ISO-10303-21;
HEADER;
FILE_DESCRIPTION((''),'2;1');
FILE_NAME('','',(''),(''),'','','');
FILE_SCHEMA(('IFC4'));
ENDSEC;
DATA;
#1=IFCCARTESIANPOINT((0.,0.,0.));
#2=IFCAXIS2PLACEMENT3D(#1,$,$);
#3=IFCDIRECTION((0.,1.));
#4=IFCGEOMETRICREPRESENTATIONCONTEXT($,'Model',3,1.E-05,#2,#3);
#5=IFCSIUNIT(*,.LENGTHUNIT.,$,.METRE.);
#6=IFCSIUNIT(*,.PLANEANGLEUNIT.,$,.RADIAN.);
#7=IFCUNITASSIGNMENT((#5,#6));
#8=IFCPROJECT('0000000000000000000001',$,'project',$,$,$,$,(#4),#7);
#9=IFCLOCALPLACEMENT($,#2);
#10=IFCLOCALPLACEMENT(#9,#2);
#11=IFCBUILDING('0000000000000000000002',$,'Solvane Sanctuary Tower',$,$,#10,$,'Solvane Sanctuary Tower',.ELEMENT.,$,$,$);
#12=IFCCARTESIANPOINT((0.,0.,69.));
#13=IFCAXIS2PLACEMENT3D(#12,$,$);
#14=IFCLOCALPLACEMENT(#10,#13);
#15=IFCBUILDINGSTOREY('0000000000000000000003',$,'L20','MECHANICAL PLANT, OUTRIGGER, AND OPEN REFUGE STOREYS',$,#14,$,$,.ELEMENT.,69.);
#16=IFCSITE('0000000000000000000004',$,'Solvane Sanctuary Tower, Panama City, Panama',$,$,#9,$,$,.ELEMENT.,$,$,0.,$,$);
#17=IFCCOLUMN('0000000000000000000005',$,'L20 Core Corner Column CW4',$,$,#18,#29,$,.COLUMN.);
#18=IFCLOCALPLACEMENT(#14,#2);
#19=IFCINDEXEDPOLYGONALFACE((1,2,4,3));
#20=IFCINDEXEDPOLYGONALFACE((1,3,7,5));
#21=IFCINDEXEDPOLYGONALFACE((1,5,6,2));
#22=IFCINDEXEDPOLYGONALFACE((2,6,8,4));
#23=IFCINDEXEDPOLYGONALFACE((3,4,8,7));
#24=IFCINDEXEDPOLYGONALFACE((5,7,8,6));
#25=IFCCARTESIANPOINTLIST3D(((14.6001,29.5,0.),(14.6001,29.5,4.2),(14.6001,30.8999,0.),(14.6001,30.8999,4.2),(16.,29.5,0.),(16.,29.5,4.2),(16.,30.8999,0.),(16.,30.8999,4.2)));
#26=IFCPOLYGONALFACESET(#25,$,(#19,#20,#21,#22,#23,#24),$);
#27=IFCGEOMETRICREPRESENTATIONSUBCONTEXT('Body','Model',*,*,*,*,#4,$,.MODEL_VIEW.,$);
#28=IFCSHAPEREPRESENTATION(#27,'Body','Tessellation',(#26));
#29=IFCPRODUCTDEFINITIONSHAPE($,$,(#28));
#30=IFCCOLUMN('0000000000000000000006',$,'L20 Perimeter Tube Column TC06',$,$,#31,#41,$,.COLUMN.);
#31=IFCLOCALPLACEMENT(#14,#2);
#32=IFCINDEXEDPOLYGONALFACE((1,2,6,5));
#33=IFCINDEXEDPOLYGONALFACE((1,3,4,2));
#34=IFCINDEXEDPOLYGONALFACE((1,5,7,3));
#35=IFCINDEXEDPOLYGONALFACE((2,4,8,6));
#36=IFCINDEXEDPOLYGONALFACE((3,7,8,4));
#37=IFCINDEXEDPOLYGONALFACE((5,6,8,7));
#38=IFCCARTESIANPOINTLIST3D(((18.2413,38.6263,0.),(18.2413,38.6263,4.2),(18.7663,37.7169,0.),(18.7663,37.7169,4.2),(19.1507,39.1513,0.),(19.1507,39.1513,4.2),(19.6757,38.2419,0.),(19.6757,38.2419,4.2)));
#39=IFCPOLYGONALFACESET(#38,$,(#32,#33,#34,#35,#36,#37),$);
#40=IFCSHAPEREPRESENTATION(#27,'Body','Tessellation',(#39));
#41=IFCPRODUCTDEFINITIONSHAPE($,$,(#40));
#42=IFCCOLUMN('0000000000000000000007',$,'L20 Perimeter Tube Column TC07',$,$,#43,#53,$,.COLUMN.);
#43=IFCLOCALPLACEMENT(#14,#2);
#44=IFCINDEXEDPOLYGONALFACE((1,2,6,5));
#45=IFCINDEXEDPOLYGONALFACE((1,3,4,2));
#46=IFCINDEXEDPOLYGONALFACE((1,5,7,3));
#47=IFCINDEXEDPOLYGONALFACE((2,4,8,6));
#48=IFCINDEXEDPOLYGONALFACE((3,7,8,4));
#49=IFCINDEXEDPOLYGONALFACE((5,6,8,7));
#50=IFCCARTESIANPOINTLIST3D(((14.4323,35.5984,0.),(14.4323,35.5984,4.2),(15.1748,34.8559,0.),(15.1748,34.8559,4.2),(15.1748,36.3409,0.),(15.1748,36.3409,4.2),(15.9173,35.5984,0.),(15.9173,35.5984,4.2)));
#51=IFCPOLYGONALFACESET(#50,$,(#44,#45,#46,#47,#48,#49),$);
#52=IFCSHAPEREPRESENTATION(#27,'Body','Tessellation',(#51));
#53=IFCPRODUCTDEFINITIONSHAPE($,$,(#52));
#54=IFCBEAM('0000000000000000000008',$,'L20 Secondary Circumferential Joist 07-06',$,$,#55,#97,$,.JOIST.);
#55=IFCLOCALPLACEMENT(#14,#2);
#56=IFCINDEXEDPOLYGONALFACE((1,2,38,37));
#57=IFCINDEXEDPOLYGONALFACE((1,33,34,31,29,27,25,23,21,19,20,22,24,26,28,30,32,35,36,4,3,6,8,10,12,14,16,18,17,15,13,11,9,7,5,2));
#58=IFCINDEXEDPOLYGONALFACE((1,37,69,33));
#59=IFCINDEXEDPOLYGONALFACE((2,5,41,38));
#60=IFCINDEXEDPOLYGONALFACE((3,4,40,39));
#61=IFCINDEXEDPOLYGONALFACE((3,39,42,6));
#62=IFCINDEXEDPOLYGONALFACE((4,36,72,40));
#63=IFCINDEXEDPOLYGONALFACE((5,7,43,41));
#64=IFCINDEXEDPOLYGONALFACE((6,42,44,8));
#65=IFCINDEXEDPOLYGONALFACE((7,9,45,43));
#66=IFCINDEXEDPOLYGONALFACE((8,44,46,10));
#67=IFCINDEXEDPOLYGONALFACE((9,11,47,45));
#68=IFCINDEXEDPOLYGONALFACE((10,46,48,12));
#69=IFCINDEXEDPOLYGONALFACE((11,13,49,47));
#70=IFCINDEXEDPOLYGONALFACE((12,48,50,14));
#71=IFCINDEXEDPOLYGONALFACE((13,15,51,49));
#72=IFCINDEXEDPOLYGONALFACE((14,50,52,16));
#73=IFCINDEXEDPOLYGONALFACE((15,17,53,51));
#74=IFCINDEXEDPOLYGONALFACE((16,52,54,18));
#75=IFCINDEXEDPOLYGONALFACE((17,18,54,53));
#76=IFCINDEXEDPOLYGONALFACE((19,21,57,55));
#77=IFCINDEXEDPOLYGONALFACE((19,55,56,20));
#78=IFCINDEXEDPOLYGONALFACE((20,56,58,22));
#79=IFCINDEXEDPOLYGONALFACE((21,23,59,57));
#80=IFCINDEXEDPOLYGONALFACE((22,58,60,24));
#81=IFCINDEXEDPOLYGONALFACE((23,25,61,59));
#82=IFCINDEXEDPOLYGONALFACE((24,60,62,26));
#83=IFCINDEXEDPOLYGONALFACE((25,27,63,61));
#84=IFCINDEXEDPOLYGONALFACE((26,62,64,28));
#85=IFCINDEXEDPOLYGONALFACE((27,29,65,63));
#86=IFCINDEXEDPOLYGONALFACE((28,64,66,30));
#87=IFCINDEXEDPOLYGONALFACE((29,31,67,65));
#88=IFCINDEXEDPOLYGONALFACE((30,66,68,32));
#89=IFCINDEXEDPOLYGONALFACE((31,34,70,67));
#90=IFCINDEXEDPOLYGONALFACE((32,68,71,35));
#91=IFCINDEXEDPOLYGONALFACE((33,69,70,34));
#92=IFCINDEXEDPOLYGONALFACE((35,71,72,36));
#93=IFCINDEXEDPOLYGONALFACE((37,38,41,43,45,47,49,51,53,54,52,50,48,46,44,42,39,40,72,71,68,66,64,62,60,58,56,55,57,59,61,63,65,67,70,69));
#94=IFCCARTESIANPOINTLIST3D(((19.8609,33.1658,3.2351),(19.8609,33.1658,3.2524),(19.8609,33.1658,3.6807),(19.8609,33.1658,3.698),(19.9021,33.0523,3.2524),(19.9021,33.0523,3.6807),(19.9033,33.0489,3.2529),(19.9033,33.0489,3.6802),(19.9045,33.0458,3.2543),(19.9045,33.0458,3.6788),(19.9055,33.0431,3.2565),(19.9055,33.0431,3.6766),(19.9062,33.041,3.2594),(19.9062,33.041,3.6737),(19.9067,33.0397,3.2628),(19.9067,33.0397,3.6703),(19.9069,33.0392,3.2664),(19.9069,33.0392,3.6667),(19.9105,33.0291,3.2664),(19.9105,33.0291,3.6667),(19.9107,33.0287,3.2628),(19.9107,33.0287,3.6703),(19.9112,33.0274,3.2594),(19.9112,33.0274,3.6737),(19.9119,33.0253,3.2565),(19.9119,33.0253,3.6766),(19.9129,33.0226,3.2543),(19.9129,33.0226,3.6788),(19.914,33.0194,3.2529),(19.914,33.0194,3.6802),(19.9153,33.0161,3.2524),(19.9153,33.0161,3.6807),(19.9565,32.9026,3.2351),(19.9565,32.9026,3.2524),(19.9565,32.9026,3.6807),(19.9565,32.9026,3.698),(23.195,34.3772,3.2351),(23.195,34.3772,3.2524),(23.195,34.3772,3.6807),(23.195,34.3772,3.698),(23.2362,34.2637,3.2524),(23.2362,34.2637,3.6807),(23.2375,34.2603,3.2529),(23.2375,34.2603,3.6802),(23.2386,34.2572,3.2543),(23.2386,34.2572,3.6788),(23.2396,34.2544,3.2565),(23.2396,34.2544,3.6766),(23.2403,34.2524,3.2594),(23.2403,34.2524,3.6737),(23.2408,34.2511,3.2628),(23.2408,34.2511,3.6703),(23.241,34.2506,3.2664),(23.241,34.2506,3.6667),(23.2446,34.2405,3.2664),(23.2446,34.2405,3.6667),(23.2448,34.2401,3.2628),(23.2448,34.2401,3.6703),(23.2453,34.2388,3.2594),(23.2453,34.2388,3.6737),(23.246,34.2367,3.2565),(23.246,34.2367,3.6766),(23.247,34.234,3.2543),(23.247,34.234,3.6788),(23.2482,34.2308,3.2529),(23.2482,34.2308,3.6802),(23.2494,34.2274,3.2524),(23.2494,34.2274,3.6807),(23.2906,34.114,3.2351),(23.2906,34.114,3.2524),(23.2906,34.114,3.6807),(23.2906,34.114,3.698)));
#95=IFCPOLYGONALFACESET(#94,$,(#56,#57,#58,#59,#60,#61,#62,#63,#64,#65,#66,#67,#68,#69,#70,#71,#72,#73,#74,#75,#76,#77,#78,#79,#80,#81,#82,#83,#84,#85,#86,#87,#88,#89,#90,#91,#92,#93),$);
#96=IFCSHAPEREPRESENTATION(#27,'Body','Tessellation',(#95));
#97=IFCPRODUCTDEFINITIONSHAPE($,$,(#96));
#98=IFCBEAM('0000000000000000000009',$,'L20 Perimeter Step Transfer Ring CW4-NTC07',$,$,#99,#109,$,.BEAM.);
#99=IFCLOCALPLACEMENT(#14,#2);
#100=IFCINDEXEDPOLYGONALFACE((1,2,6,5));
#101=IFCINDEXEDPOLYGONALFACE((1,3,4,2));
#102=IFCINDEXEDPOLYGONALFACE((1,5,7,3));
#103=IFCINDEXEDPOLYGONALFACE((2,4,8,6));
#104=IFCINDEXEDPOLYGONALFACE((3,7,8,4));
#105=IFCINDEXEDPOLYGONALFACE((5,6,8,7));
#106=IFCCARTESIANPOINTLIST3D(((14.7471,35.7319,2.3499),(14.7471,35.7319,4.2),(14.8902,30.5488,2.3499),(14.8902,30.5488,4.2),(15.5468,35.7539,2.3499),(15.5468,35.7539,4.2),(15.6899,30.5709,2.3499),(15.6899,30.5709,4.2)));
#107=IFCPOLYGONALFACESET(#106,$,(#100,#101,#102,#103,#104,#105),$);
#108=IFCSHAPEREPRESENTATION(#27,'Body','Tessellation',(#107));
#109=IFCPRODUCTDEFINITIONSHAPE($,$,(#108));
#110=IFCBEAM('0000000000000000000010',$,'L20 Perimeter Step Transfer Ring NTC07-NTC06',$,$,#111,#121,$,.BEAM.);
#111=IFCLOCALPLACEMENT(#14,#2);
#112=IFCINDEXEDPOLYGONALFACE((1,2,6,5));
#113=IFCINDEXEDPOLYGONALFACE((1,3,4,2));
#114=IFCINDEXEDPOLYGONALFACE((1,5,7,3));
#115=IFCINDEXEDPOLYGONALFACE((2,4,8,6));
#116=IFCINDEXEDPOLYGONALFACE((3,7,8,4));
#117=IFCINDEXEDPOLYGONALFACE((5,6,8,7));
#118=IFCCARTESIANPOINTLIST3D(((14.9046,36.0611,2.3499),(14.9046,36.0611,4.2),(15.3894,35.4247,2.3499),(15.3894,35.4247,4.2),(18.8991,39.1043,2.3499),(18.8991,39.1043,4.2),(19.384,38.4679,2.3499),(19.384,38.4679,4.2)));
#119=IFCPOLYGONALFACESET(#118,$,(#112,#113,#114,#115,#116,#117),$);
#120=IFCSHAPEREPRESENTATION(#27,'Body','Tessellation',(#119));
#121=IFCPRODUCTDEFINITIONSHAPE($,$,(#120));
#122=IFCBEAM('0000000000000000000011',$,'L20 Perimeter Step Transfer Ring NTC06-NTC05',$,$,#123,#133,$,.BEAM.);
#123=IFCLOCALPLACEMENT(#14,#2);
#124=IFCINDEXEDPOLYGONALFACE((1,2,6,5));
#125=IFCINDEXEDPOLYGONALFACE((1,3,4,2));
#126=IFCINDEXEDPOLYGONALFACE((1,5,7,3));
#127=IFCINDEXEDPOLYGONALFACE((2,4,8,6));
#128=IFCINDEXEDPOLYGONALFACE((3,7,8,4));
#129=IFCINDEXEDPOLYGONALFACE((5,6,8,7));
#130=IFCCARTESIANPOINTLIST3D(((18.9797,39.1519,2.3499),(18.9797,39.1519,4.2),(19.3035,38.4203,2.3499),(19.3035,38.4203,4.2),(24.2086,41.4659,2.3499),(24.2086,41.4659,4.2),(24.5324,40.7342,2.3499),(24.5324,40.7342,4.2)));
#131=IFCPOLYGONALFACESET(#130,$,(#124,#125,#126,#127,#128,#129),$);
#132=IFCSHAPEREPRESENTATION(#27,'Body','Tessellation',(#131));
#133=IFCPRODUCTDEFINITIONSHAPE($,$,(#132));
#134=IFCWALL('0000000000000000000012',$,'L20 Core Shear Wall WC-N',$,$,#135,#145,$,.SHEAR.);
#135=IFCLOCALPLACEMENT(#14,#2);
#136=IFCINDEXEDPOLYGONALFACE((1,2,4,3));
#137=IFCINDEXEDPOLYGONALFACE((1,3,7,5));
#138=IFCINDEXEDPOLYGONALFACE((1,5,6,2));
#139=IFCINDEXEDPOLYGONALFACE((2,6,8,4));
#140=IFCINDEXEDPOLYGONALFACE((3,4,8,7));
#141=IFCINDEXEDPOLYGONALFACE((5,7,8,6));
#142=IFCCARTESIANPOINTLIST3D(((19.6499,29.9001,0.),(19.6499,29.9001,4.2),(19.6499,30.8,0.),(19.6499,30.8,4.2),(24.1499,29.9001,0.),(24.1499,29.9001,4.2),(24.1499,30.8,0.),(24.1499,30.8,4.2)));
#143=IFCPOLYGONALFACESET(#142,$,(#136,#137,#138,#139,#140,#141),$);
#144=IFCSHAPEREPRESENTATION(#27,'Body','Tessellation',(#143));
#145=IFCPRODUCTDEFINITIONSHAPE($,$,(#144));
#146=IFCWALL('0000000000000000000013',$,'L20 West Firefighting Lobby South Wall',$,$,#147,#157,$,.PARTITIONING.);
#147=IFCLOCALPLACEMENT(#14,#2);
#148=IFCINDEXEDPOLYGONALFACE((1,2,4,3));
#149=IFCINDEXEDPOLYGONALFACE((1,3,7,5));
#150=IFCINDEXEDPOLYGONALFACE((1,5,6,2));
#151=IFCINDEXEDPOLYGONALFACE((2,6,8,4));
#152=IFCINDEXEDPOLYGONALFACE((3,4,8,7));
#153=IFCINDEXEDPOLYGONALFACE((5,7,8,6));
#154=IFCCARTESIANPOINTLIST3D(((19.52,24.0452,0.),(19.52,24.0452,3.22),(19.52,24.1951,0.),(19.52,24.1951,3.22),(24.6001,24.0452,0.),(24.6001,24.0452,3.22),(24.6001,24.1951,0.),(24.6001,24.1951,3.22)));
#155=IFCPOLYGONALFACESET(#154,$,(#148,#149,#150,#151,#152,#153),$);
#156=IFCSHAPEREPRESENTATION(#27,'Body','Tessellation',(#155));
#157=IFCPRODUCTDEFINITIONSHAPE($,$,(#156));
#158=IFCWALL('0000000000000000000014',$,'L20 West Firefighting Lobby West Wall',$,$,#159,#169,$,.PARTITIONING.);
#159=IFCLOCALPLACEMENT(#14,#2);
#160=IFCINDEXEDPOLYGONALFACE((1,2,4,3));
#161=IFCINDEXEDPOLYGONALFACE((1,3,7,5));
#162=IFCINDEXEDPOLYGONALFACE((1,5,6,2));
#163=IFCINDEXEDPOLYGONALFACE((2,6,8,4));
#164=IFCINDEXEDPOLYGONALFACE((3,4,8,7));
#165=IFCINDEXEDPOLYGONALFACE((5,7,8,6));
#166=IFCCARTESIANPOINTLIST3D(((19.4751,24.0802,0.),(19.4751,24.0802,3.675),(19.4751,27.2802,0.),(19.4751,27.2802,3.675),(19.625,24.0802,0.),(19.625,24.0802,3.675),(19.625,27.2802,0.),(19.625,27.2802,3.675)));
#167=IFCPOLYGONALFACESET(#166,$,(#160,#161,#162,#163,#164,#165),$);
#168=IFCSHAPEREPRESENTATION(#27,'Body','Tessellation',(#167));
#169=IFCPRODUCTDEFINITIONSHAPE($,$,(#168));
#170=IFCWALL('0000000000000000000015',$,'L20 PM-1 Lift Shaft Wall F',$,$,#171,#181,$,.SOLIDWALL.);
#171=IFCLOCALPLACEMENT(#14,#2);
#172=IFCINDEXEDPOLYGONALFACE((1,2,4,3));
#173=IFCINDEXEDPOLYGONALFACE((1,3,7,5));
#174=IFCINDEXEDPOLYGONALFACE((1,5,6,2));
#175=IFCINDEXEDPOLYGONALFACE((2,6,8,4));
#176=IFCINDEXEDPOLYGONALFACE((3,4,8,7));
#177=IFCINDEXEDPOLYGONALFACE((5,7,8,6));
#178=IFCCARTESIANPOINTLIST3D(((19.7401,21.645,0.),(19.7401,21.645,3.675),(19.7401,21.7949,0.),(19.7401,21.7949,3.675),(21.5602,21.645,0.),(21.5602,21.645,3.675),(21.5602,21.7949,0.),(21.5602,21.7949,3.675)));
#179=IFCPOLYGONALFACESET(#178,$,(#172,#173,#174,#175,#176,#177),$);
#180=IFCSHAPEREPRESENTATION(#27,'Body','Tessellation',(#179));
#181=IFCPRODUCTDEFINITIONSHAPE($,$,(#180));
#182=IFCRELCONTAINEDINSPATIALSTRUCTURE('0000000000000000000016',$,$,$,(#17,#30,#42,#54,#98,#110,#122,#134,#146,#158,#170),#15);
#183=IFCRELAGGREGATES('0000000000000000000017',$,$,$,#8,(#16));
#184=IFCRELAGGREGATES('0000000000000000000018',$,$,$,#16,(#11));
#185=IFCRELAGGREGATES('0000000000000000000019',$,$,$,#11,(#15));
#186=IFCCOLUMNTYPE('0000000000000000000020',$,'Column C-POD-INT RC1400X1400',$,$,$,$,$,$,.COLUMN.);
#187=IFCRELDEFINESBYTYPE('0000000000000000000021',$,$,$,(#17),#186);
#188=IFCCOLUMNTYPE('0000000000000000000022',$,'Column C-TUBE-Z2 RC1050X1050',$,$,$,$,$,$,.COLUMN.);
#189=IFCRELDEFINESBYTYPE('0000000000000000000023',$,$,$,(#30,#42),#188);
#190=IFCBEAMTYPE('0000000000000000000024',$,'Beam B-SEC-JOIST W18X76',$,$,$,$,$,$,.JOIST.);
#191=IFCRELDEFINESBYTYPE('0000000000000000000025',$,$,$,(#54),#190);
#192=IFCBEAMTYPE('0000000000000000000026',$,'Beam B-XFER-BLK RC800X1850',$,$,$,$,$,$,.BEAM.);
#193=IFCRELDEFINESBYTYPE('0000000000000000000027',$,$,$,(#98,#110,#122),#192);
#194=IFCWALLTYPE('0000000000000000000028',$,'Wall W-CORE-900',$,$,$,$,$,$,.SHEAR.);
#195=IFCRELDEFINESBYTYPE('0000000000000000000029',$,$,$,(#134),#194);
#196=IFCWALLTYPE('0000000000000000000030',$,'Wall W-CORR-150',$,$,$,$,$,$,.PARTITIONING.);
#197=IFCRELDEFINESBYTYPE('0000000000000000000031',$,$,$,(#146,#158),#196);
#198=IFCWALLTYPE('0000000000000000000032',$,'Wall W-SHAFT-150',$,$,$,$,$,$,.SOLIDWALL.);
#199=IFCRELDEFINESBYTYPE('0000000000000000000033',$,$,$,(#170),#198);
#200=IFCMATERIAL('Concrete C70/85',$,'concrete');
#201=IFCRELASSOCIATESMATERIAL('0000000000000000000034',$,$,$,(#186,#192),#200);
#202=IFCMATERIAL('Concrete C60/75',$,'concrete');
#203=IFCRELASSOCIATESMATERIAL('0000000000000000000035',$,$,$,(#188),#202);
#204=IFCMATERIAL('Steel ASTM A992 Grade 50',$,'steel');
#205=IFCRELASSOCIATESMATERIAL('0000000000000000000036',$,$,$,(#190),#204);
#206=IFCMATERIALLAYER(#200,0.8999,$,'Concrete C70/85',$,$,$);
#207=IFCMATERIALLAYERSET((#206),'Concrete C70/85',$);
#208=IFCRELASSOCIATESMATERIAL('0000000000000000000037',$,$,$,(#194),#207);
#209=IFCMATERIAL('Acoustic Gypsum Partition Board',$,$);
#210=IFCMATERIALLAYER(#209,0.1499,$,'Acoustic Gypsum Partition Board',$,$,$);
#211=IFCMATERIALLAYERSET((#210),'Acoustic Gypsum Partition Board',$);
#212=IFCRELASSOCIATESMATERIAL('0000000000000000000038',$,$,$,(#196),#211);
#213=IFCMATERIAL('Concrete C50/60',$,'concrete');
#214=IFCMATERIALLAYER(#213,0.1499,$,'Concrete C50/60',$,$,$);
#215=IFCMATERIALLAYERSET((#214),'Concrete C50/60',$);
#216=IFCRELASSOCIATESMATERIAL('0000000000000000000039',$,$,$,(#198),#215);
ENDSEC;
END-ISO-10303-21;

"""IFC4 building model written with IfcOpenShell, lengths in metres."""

from ifc_helpers import new_model, si_unit, direction, frame, frame_2d, origin, origin_2d, place, context, subcontext, project, spatial, rectangle, i_section, extrude, material, layer, layer_set, material_profile, profile_set, type_object, element, save


model = new_model("IFC4")

# Units and contexts
model_context = context("Model", 3, precision=1e-05, world=origin(), true_north=direction((0.0, 1.0)))
body_context = subcontext(model_context, "Body", "Model", "MODEL_VIEW")
ifc_project = project(units=[si_unit("LENGTHUNIT", "METRE"), si_unit("PLANEANGLEUNIT", "RADIAN")], contexts=[model_context])

# Site, building, storey
site_placement = place(None, origin())
site = spatial("IfcSite", under=ifc_project, at=site_placement, Name="Solvane Sanctuary Tower, Panama City, Panama", CompositionType="ELEMENT", RefElevation=0.0)
building_placement = place(site_placement, origin())
building = spatial("IfcBuilding", under=site, at=building_placement, Name="Solvane Sanctuary Tower", LongName="Solvane Sanctuary Tower", CompositionType="ELEMENT")
storey_placement = place(building_placement, frame((0.0, 0.0, 69.0)))
storey = spatial("IfcBuildingStorey", under=building, at=storey_placement, Name="L20", Description="MECHANICAL PLANT, OUTRIGGER, AND OPEN REFUGE STOREYS", CompositionType="ELEMENT", Elevation=69.0)

# Columns
ifc_material_1 = material(Name="Concrete C70/85", Category="concrete")
ifc_material_profile_1 = material_profile(ifc_material_1, rectangle(XDim=1.3999, YDim=1.3999, at=origin_2d()), Name="RC1400X1400")
ifc_profile_set_1 = profile_set([ifc_material_profile_1], Name="Concrete C70/85")
column_type_1 = type_object("IfcColumnType", Name="Column C-POD-INT RC1400X1400", PredefinedType="COLUMN", material=ifc_profile_set_1)
column_placement = place(storey_placement, frame((15.3, 30.2, 0.0), z_axis=(0.0, 0.0, 1.0), x_axis=(1.0, 0.0, 0.0)))
element("IfcColumn", 1, at=column_placement, inside=storey, type_object=column_type_1, Name="L20 Core Corner Column CW4", PredefinedType="COLUMN", context=body_context, shape_type="SweptSolid", body=[
    extrude(rectangle(XDim=1.3999, YDim=1.3999, at=origin_2d()), origin(), (0.0, 0.0, 1.0), 4.2),
])
ifc_material_2 = material(Name="Concrete C60/75", Category="concrete")
ifc_material_profile_2 = material_profile(ifc_material_2, rectangle(XDim=1.05, YDim=1.05, at=origin_2d()), Name="RC1050X1050")
ifc_profile_set_2 = profile_set([ifc_material_profile_2], Name="Concrete C60/75")
column_type_2 = type_object("IfcColumnType", Name="Column C-TUBE-Z2 RC1050X1050", PredefinedType="COLUMN", material=ifc_profile_set_2)
for number, where, z_axis, x_axis, name in (
    (2, (18.9585, 38.4341, 0.0), (0.0, 0.0, 1.0), (-0.5, 0.866025, 0.0), "L20 Perimeter Tube Column TC06"),
    (3, (15.1748, 35.5984, 0.0), (0.0, 0.0, 1.0), (-0.707107, 0.707107, 0.0), "L20 Perimeter Tube Column TC07"),
):
    element("IfcColumn", number, at=place(storey_placement, frame(where, z_axis=z_axis, x_axis=x_axis)), inside=storey, type_object=column_type_2, Name=name, PredefinedType="COLUMN", context=body_context, shape_type="SweptSolid", body=[
        extrude(rectangle(XDim=1.05, YDim=1.05, at=origin_2d()), origin(), (0.0, 0.0, 1.0), 4.2),
    ])

# Beams
ifc_material_3 = material(Name="Steel ASTM A992 Grade 50", Category="steel")
ifc_material_profile_3 = material_profile(ifc_material_3, i_section(OverallWidth=0.28, OverallDepth=0.4629, WebThickness=0.0107, FlangeThickness=0.0173, FilletRadius=0.0139, at=origin_2d()), Name="W18X76")
ifc_profile_set_3 = profile_set([ifc_material_profile_3], Name="Steel ASTM A992 Grade 50")
beam_type_1 = type_object("IfcBeamType", Name="Beam B-SEC-JOIST W18X76", PredefinedType="JOIST", material=ifc_profile_set_3)
beam_1_placement = place(storey_placement, frame((19.9087, 33.0342, 3.4666), z_axis=(0.939886, 0.341489, 0.0), x_axis=(-0.341489, 0.939886, 0.0)))
element("IfcBeam", 4, at=beam_1_placement, inside=storey, type_object=beam_type_1, Name="L20 Secondary Circumferential Joist 07-06", PredefinedType="JOIST", context=body_context, shape_type="SweptSolid", body=[
    extrude(i_section(OverallWidth=0.28, OverallDepth=0.4629, WebThickness=0.0107, FlangeThickness=0.0173, FilletRadius=0.0139, at=origin_2d()), origin(), (0.0, 0.0, 1.0), 3.5474),
])
ifc_material_profile_4 = material_profile(ifc_material_1, rectangle(XDim=0.8, YDim=1.8501, at=origin_2d()), Name="RC800X1850")
ifc_profile_set_4 = profile_set([ifc_material_profile_4], Name="Concrete C70/85")
beam_type_2 = type_object("IfcBeamType", Name="Beam B-XFER-BLK RC800X1850", PredefinedType="BEAM", material=ifc_profile_set_4)
beam_2_placement = place(storey_placement, frame((15.29, 30.5598, 3.2749), z_axis=(-0.027592, 0.999619, 0.0), x_axis=(-0.999619, -0.027592, 0.0)))
element("IfcBeam", 5, at=beam_2_placement, inside=storey, type_object=beam_type_2, Name="L20 Perimeter Step Transfer Ring CW4-NTC07", PredefinedType="BEAM", context=body_context, shape_type="SweptSolid", body=[
    extrude(rectangle(XDim=0.8, YDim=1.8501, at=origin_2d()), origin(), (0.0, 0.0, 1.0), 5.1851),
])
beam_3_placement = place(storey_placement, frame((15.147, 35.7429, 3.2749), z_axis=(0.795462, 0.606004, 0.0), x_axis=(-0.606004, 0.795462, 0.0)))
element("IfcBeam", 6, at=beam_3_placement, inside=storey, type_object=beam_type_2, Name="L20 Perimeter Step Transfer Ring NTC07-NTC06", PredefinedType="BEAM", context=body_context, shape_type="SweptSolid", body=[
    extrude(rectangle(XDim=0.8, YDim=1.8501, at=origin_2d()), origin(), (0.0, 0.0, 1.0), 5.0217),
])
beam_4_placement = place(storey_placement, frame((19.1416, 38.7861, 3.2749), z_axis=(0.914462, 0.404672, 0.0), x_axis=(-0.404672, 0.914462, 0.0)))
element("IfcBeam", 7, at=beam_4_placement, inside=storey, type_object=beam_type_2, Name="L20 Perimeter Step Transfer Ring NTC06-NTC05", PredefinedType="BEAM", context=body_context, shape_type="SweptSolid", body=[
    extrude(rectangle(XDim=0.8, YDim=1.8501, at=origin_2d()), origin(), (0.0, 0.0, 1.0), 5.718),
])

# Walls
ifc_layer_1 = layer(ifc_material_1, 0.8999, Name="Concrete C70/85")
ifc_layer_set_1 = layer_set([ifc_layer_1], Name="Concrete C70/85")
wall_type_1 = type_object("IfcWallType", Name="Wall W-CORE-900", PredefinedType="SHEAR", material=ifc_layer_set_1)
wall_1_placement = place(storey_placement, frame((19.6499, 30.3501, 0.0), z_axis=(0.0, 0.0, 1.0), x_axis=(1.0, 0.0, 0.0)))
element("IfcWall", 8, at=wall_1_placement, inside=storey, type_object=wall_type_1, Name="L20 Core Shear Wall WC-N", PredefinedType="SHEAR", context=body_context, shape_type="SweptSolid", body=[
    extrude(rectangle(XDim=4.5, YDim=0.8999, at=frame_2d((2.25, 0.0))), origin(), (0.0, 0.0, 1.0), 4.2),
])
ifc_material_4 = material(Name="Acoustic Gypsum Partition Board")
ifc_layer_2 = layer(ifc_material_4, 0.1499, Name="Acoustic Gypsum Partition Board")
ifc_layer_set_2 = layer_set([ifc_layer_2], Name="Acoustic Gypsum Partition Board")
wall_type_2 = type_object("IfcWallType", Name="Wall W-CORR-150", PredefinedType="PARTITIONING", material=ifc_layer_set_2)
wall_2_placement = place(storey_placement, frame((19.52, 24.1201, 0.0), z_axis=(0.0, 0.0, 1.0), x_axis=(1.0, 0.0, 0.0)))
element("IfcWall", 9, at=wall_2_placement, inside=storey, type_object=wall_type_2, Name="L20 West Firefighting Lobby South Wall", PredefinedType="PARTITIONING", context=body_context, shape_type="SweptSolid", body=[
    extrude(rectangle(XDim=5.0801, YDim=0.1499, at=frame_2d((2.54, 0.0))), origin(), (0.0, 0.0, 1.0), 3.22),
])
wall_3_placement = place(storey_placement, frame((19.55, 24.0801, 0.0), z_axis=(0.0, 0.0, 1.0), x_axis=(0.0, 1.0, 0.0)))
element("IfcWall", 10, at=wall_3_placement, inside=storey, type_object=wall_type_2, Name="L20 West Firefighting Lobby West Wall", PredefinedType="PARTITIONING", context=body_context, shape_type="SweptSolid", body=[
    extrude(rectangle(XDim=3.2, YDim=0.1499, at=frame_2d((1.6001, 0.0))), origin(), (0.0, 0.0, 1.0), 3.675),
])
ifc_material_5 = material(Name="Concrete C50/60", Category="concrete")
ifc_layer_3 = layer(ifc_material_5, 0.1499, Name="Concrete C50/60")
ifc_layer_set_3 = layer_set([ifc_layer_3], Name="Concrete C50/60")
wall_type_3 = type_object("IfcWallType", Name="Wall W-SHAFT-150", PredefinedType="SOLIDWALL", material=ifc_layer_set_3)
for number, where, z_axis, x_axis, name in (
    (11, (19.74, 21.72, 0.0), (0.0, 0.0, 1.0), (1.0, 0.0, 0.0), "L20 PM-1 Lift Shaft Wall F"),
):
    element("IfcWall", number, at=place(storey_placement, frame(where, z_axis=z_axis, x_axis=x_axis)), inside=storey, type_object=wall_type_3, Name=name, PredefinedType="SOLIDWALL", context=body_context, shape_type="SweptSolid", body=[
        extrude(rectangle(XDim=1.8201, YDim=0.1499, at=frame_2d((0.9102, 0.0))), origin(), (0.0, 0.0, 1.0), 3.675),
    ])

save(model, "model.ifc")
